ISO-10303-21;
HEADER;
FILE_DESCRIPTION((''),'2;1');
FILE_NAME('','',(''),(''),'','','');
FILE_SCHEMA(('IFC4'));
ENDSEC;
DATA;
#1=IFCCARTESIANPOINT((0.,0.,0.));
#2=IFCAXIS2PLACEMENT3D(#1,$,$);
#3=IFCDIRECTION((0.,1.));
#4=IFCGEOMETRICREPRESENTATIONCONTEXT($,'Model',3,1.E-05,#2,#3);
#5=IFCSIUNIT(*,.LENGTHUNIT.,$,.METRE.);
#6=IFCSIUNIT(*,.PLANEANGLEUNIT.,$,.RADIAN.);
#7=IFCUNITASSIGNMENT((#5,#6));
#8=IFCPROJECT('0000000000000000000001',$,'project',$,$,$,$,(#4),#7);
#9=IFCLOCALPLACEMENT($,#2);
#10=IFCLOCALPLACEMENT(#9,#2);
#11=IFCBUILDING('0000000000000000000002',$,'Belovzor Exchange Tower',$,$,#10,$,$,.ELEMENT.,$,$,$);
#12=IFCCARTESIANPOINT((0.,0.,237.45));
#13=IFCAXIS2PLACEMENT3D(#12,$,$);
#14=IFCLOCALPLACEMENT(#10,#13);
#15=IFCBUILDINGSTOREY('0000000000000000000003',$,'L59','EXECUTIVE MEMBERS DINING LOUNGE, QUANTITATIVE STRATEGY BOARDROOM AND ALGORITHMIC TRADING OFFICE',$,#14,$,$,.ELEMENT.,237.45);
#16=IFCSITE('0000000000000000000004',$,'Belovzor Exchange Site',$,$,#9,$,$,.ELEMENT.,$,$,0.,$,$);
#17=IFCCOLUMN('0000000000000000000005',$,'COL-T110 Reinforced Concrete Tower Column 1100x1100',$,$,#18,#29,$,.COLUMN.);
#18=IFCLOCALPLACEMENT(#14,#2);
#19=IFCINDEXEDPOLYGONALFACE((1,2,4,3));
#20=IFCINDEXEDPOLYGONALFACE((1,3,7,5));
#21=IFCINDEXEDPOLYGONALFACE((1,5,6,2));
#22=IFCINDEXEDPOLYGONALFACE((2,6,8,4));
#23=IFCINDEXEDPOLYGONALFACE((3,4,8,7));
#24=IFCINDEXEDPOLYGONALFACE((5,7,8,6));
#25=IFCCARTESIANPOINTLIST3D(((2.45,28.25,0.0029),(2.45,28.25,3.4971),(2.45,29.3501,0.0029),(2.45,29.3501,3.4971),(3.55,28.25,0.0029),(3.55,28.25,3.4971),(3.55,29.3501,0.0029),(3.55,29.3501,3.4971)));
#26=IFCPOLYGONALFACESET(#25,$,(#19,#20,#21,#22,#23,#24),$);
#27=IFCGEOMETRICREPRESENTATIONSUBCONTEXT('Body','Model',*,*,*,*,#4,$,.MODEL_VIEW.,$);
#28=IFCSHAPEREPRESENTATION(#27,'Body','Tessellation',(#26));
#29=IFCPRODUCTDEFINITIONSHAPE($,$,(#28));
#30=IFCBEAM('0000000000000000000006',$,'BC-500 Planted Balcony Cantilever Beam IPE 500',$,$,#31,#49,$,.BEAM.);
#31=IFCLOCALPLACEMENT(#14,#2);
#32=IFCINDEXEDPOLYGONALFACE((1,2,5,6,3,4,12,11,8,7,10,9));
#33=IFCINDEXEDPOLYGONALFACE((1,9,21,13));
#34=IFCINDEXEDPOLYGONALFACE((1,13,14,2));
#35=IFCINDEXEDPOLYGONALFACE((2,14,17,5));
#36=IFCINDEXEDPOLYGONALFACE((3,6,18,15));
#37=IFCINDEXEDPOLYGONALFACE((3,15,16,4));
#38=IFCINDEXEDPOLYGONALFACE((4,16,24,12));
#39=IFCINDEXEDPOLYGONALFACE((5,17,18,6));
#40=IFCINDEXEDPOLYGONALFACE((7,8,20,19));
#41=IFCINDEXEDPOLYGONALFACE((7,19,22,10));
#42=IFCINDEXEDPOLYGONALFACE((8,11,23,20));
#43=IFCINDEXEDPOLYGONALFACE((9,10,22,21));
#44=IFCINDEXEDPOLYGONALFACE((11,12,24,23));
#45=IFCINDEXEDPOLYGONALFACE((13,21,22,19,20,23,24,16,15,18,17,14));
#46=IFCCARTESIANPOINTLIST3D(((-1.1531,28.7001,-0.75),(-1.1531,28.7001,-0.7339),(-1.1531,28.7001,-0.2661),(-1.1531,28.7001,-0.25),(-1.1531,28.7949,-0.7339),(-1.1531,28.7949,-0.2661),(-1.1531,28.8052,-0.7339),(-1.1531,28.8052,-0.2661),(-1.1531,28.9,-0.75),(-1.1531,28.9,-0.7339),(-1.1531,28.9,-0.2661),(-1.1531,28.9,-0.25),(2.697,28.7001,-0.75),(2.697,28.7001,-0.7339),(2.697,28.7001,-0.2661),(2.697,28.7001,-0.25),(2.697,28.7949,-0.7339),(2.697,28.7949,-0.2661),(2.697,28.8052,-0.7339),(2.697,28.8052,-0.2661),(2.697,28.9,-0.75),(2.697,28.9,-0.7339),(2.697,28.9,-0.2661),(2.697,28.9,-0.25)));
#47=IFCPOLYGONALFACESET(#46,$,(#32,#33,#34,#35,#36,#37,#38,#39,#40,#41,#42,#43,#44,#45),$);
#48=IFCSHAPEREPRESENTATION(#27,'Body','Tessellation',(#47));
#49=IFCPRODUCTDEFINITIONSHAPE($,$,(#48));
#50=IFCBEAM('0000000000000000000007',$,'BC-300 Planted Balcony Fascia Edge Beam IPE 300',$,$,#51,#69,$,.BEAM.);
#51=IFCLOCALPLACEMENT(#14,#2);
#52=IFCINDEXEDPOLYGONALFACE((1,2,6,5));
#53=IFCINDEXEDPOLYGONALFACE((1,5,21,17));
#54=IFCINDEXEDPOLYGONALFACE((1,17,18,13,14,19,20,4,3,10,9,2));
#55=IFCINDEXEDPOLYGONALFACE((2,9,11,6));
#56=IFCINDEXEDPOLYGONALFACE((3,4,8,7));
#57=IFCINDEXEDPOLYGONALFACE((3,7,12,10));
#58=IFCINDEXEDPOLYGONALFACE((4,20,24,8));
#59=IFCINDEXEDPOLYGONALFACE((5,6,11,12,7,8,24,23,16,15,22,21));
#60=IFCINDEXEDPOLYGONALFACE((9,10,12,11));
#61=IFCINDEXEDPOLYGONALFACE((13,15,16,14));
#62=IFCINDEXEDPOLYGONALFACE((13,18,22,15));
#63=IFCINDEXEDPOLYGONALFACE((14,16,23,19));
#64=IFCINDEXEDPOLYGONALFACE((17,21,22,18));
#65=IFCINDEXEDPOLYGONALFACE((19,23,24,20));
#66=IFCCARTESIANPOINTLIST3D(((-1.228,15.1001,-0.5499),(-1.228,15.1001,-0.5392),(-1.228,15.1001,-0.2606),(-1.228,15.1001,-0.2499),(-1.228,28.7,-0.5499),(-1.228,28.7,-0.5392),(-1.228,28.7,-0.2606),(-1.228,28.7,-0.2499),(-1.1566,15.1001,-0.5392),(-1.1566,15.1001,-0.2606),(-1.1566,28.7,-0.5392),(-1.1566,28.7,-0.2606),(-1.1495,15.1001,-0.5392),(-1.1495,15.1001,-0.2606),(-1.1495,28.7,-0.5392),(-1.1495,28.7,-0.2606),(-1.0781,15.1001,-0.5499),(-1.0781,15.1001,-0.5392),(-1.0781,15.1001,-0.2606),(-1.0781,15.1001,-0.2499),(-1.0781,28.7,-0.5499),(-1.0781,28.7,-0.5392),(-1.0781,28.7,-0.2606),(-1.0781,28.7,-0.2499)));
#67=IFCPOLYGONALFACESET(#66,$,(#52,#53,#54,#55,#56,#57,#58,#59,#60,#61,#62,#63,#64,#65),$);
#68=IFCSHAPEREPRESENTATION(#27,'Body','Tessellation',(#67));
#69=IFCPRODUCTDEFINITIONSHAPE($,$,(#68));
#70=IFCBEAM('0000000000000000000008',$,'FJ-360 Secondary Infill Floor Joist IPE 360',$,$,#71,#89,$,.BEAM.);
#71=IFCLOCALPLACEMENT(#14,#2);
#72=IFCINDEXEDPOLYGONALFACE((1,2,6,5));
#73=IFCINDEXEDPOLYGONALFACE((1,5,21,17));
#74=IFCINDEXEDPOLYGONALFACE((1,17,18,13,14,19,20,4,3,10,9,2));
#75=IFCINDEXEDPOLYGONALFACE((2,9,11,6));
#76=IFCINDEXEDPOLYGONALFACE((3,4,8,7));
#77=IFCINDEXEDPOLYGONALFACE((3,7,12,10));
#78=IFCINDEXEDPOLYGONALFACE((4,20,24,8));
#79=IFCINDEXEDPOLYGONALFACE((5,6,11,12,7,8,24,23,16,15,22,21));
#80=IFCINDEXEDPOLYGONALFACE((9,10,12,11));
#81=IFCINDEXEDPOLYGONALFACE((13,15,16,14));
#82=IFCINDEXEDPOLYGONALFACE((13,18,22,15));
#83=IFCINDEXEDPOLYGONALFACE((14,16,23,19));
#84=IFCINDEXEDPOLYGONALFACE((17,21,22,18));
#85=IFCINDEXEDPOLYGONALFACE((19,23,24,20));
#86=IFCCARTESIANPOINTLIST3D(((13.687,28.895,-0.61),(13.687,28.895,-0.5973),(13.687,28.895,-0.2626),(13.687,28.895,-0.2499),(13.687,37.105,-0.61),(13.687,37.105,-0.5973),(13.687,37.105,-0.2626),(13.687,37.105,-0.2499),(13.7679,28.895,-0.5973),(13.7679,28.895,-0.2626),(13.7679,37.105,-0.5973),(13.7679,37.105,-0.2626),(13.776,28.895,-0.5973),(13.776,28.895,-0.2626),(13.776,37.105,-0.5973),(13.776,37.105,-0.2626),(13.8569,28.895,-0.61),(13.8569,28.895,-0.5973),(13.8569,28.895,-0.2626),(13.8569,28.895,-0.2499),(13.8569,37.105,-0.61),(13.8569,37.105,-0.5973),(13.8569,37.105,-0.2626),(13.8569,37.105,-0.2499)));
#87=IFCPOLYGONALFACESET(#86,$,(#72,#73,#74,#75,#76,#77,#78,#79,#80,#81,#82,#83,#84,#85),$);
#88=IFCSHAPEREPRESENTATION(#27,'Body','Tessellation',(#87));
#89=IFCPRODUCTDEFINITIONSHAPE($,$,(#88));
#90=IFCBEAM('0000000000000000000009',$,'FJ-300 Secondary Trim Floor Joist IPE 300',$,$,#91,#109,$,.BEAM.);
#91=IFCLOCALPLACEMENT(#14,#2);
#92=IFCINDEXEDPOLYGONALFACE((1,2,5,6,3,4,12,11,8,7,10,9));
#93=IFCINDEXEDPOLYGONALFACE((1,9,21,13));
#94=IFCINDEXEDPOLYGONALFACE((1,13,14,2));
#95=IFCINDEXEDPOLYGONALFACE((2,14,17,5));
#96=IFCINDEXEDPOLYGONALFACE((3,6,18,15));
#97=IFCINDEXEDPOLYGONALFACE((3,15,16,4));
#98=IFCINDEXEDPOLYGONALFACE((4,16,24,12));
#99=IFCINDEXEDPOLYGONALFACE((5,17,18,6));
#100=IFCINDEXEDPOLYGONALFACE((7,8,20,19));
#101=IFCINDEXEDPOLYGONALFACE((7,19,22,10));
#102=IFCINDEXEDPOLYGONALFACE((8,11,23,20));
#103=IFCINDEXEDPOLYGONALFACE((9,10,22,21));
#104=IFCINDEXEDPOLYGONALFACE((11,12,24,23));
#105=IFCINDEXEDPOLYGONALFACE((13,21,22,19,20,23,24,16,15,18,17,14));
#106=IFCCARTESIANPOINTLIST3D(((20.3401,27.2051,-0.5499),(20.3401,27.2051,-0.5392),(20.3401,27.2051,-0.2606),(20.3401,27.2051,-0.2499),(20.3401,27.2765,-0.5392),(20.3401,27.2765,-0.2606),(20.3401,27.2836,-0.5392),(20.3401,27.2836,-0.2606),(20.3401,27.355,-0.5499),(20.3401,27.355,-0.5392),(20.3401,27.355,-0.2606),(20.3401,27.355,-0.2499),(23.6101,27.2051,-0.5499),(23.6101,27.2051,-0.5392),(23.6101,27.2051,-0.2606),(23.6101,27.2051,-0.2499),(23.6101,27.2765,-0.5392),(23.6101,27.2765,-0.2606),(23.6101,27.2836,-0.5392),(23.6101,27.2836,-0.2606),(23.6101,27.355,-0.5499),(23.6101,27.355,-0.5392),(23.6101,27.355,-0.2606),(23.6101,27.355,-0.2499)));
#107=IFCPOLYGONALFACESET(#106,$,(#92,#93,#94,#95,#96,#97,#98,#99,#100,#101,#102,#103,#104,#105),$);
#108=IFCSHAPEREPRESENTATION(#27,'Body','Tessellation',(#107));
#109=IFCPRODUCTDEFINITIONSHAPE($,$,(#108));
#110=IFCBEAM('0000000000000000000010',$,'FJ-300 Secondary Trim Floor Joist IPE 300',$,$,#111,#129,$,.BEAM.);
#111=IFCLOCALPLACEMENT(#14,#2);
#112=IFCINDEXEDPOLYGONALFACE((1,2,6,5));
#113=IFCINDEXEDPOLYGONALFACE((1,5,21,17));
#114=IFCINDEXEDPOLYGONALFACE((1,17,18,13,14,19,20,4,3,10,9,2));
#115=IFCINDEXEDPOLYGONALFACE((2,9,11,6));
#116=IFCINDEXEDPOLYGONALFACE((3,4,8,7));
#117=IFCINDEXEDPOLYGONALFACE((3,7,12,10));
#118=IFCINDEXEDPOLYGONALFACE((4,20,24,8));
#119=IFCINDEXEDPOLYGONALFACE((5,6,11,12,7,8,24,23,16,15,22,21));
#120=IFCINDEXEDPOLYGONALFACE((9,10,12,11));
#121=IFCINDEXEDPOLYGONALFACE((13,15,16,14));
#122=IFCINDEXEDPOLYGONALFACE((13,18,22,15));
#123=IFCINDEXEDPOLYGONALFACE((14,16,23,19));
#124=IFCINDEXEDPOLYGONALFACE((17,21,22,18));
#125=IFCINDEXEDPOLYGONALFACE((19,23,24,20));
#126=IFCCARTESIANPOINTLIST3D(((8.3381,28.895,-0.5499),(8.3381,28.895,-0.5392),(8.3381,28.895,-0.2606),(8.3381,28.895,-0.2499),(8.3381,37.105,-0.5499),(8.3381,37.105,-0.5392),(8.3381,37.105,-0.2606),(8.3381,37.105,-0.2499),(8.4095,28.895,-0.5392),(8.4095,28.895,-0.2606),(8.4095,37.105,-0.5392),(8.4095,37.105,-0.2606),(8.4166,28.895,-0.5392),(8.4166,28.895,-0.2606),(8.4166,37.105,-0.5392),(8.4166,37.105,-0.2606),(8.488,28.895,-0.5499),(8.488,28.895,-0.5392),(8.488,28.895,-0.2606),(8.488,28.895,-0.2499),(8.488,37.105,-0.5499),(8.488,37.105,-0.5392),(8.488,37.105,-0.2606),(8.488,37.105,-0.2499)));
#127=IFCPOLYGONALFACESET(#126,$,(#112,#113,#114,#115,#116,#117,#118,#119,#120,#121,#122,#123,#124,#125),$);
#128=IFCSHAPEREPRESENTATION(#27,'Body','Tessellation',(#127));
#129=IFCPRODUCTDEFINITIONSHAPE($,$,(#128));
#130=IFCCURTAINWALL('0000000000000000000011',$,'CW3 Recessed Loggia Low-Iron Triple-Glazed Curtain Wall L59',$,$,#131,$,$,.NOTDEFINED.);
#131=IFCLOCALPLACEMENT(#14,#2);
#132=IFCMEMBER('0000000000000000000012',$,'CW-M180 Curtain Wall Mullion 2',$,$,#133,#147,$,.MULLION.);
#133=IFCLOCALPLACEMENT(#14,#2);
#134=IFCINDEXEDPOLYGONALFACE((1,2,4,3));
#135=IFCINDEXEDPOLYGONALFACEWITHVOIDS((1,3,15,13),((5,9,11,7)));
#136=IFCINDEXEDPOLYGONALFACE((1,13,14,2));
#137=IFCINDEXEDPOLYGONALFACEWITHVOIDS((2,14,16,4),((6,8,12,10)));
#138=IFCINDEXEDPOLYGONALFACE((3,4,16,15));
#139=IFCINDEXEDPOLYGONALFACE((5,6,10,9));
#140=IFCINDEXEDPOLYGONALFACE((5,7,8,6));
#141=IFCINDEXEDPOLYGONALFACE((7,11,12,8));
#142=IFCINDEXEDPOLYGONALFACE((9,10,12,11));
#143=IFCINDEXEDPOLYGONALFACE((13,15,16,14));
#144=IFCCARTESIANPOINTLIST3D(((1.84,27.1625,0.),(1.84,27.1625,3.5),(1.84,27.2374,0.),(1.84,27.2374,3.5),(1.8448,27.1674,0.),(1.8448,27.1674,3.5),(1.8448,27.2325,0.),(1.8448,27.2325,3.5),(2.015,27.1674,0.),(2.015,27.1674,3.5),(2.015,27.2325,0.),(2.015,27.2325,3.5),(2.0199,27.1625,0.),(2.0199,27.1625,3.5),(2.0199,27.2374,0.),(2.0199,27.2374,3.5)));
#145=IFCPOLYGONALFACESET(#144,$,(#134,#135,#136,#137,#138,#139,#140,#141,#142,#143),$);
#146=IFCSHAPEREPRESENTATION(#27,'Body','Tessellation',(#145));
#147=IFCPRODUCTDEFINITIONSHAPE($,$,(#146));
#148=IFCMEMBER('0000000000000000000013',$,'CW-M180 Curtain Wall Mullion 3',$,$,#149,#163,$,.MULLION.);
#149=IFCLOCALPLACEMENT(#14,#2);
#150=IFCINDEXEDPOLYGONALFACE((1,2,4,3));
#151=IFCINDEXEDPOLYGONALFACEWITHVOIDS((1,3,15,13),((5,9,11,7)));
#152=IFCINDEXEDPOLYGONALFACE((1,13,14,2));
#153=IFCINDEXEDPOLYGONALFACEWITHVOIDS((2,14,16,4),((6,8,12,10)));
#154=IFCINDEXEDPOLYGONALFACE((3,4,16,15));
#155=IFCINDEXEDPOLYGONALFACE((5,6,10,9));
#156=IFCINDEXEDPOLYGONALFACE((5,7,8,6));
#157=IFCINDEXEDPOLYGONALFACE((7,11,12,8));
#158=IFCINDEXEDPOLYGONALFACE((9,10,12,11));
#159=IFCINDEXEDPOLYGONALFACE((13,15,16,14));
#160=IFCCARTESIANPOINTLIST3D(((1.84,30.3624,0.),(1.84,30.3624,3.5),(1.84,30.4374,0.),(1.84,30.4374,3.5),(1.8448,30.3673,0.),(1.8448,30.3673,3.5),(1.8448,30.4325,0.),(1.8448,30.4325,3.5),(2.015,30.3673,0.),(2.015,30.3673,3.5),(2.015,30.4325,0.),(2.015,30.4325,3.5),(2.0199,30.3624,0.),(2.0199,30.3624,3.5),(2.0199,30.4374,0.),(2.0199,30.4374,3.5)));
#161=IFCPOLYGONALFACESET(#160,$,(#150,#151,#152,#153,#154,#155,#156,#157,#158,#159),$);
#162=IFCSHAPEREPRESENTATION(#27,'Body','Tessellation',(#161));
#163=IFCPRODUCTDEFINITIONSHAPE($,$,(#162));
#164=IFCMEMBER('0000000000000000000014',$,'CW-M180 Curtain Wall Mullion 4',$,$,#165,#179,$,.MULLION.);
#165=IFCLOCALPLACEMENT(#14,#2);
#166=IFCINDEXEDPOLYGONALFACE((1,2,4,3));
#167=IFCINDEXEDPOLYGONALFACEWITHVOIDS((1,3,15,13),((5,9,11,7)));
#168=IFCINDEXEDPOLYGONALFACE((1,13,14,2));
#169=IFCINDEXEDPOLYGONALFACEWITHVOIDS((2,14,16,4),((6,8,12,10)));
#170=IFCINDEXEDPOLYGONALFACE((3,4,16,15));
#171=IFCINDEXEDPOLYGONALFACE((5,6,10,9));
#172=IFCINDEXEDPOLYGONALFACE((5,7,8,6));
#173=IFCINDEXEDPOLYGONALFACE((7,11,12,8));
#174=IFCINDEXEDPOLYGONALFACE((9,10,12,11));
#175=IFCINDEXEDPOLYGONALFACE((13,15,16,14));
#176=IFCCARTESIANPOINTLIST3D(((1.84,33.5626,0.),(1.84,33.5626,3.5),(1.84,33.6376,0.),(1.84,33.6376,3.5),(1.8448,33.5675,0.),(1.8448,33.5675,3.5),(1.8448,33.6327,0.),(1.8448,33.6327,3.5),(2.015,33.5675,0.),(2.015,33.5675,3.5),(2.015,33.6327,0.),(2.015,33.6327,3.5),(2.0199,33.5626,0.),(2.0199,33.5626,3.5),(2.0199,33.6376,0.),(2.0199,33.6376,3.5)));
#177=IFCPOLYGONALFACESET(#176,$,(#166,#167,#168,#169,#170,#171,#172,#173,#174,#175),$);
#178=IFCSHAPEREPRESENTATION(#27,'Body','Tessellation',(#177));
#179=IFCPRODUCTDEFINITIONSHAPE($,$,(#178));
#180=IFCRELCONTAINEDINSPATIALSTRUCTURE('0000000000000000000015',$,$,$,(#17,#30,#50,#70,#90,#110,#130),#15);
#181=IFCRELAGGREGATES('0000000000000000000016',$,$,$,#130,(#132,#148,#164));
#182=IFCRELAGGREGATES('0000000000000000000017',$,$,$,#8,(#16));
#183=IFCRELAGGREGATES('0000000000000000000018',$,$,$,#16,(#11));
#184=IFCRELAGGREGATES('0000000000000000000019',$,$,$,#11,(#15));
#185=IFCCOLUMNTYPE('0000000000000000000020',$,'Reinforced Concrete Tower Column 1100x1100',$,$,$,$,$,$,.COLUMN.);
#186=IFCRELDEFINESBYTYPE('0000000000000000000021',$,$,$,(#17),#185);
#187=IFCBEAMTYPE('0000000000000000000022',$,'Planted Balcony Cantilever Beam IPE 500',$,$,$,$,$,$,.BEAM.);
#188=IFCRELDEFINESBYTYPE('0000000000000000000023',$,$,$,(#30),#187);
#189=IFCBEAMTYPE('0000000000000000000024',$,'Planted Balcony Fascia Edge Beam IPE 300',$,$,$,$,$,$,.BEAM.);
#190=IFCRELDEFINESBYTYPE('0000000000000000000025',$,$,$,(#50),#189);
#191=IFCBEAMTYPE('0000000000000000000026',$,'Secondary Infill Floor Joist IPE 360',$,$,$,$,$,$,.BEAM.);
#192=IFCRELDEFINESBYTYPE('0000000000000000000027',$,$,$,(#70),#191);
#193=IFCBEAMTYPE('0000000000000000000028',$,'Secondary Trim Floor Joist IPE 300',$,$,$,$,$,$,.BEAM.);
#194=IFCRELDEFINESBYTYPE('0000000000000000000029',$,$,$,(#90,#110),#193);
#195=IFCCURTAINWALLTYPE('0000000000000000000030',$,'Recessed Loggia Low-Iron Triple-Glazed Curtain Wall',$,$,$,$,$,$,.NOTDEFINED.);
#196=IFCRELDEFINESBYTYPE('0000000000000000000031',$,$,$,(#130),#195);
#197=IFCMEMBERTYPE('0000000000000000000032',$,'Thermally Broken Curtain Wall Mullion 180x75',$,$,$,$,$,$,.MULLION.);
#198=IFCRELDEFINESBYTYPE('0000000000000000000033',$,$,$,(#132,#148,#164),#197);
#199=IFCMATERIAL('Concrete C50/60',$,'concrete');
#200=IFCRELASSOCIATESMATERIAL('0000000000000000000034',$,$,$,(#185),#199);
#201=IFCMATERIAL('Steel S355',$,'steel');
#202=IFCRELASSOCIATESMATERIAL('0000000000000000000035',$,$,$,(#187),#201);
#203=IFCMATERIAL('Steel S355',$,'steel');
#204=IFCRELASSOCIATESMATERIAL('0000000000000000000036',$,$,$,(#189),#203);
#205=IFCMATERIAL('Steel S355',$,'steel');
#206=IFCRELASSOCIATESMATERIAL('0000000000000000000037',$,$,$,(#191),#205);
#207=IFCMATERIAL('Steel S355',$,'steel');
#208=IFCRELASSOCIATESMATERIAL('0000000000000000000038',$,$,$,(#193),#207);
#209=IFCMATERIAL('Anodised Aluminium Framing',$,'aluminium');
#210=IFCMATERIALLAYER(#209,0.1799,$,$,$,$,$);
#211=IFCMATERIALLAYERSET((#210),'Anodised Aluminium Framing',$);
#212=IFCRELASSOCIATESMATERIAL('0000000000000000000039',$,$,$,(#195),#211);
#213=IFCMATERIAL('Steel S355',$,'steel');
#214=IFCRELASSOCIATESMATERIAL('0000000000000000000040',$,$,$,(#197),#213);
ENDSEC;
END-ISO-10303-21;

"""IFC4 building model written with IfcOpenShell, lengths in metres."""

from ifc_helpers import new_model, si_unit, direction, frame, origin, origin_2d, place, context, subcontext, project, spatial, rectangle, hollow_rectangle, i_section, extrude, material, layer, layer_set, material_profile, profile_set, type_object, element, aggregate, save


model = new_model("IFC4")

# Units and contexts
model_context = context("Model", 3, precision=1e-05, world=origin(), true_north=direction((0.0, 1.0)))
body_context = subcontext(model_context, "Body", "Model", "MODEL_VIEW")
ifc_project = project(units=[si_unit("LENGTHUNIT", "METRE"), si_unit("PLANEANGLEUNIT", "RADIAN")], contexts=[model_context])

# Site, building, storey
site_placement = place(None, origin())
site = spatial("IfcSite", under=ifc_project, at=site_placement, Name="Belovzor Exchange Site", CompositionType="ELEMENT", RefElevation=0.0)
building_placement = place(site_placement, origin())
building = spatial("IfcBuilding", under=site, at=building_placement, Name="Belovzor Exchange Tower", CompositionType="ELEMENT")
storey_placement = place(building_placement, frame((0.0, 0.0, 237.45)))
storey = spatial("IfcBuildingStorey", under=building, at=storey_placement, Name="L59", Description="EXECUTIVE MEMBERS DINING LOUNGE, QUANTITATIVE STRATEGY BOARDROOM AND ALGORITHMIC TRADING OFFICE", CompositionType="ELEMENT", Elevation=237.45)

# Column
ifc_material_1 = material(Name="Concrete C50/60", Category="concrete")
ifc_material_profile_1 = material_profile(ifc_material_1, rectangle(XDim=1.1001, YDim=1.1001, at=origin_2d()))
ifc_profile_set_1 = profile_set([ifc_material_profile_1], Name="Concrete C50/60")
column_type = type_object("IfcColumnType", Name="Reinforced Concrete Tower Column 1100x1100", PredefinedType="COLUMN", material=ifc_profile_set_1)
column_placement = place(storey_placement, frame((3.0, 28.8, 0.0029), z_axis=(0.0, 0.0, 1.0), x_axis=(1.0, 0.0, 0.0)))
element("IfcColumn", 1, at=column_placement, inside=storey, type_object=column_type, Name="COL-T110 Reinforced Concrete Tower Column 1100x1100", PredefinedType="COLUMN", context=body_context, shape_type="SweptSolid", body=[
    extrude(rectangle(XDim=1.1001, YDim=1.1001, at=origin_2d()), origin(), (0.0, 0.0, 1.0), 3.4941),
])

# Beams
ifc_material_2 = material(Name="Steel S355", Category="steel")
ifc_material_profile_2 = material_profile(ifc_material_2, i_section(OverallWidth=0.2, OverallDepth=0.5, WebThickness=0.0103, FlangeThickness=0.0161, at=origin_2d()))
ifc_profile_set_2 = profile_set([ifc_material_profile_2], Name="Steel S355")
beam_type_1 = type_object("IfcBeamType", Name="Planted Balcony Cantilever Beam IPE 500", PredefinedType="BEAM", material=ifc_profile_set_2)
beam_1_placement = place(storey_placement, frame((2.697, 28.8, -0.5), z_axis=(-1.0, 0.0, 0.0), x_axis=(0.0, -1.0, 0.0)))
element("IfcBeam", 2, at=beam_1_placement, inside=storey, type_object=beam_type_1, Name="BC-500 Planted Balcony Cantilever Beam IPE 500", PredefinedType="BEAM", context=body_context, shape_type="SweptSolid", body=[
    extrude(i_section(OverallWidth=0.2, OverallDepth=0.5, WebThickness=0.0103, FlangeThickness=0.0161, at=origin_2d()), origin(), (0.0, 0.0, 1.0), 3.8501),
])
ifc_material_3 = material(Name="Steel S355", Category="steel")
ifc_material_profile_3 = material_profile(ifc_material_3, i_section(OverallWidth=0.1499, OverallDepth=0.3, WebThickness=0.0071, FlangeThickness=0.0107, at=origin_2d()))
ifc_profile_set_3 = profile_set([ifc_material_profile_3], Name="Steel S355")
beam_type_2 = type_object("IfcBeamType", Name="Planted Balcony Fascia Edge Beam IPE 300", PredefinedType="BEAM", material=ifc_profile_set_3)
beam_2_placement = place(storey_placement, frame((-1.1531, 28.7, -0.3999), z_axis=(0.0, -1.0, 0.0), x_axis=(1.0, 0.0, 0.0)))
element("IfcBeam", 3, at=beam_2_placement, inside=storey, type_object=beam_type_2, Name="BC-300 Planted Balcony Fascia Edge Beam IPE 300", PredefinedType="BEAM", context=body_context, shape_type="SweptSolid", body=[
    extrude(i_section(OverallWidth=0.1499, OverallDepth=0.3, WebThickness=0.0071, FlangeThickness=0.0107, at=origin_2d()), origin(), (0.0, 0.0, 1.0), 13.5999),
])
ifc_material_4 = material(Name="Steel S355", Category="steel")
ifc_material_profile_4 = material_profile(ifc_material_4, i_section(OverallWidth=0.1699, OverallDepth=0.3601, WebThickness=0.0081, FlangeThickness=0.0127, at=origin_2d()))
ifc_profile_set_4 = profile_set([ifc_material_profile_4], Name="Steel S355")
beam_type_3 = type_object("IfcBeamType", Name="Secondary Infill Floor Joist IPE 360", PredefinedType="BEAM", material=ifc_profile_set_4)
beam_3_placement = place(storey_placement, frame((13.772, 28.895, -0.4299), z_axis=(0.0, 1.0, 0.0), x_axis=(-1.0, 0.0, 0.0)))
element("IfcBeam", 4, at=beam_3_placement, inside=storey, type_object=beam_type_3, Name="FJ-360 Secondary Infill Floor Joist IPE 360", PredefinedType="BEAM", context=body_context, shape_type="SweptSolid", body=[
    extrude(i_section(OverallWidth=0.1699, OverallDepth=0.3601, WebThickness=0.0081, FlangeThickness=0.0127, at=origin_2d()), origin(), (0.0, 0.0, 1.0), 8.21),
])
ifc_material_5 = material(Name="Steel S355", Category="steel")
ifc_material_profile_5 = material_profile(ifc_material_5, i_section(OverallWidth=0.1499, OverallDepth=0.3, WebThickness=0.0071, FlangeThickness=0.0107, at=origin_2d()))
ifc_profile_set_5 = profile_set([ifc_material_profile_5], Name="Steel S355")
beam_type_4 = type_object("IfcBeamType", Name="Secondary Trim Floor Joist IPE 300", PredefinedType="BEAM", material=ifc_profile_set_5)
beam_4_placement = place(storey_placement, frame((20.3401, 27.28, -0.3999), z_axis=(1.0, 0.0, 0.0), x_axis=(0.0, 1.0, 0.0)))
element("IfcBeam", 5, at=beam_4_placement, inside=storey, type_object=beam_type_4, Name="FJ-300 Secondary Trim Floor Joist IPE 300", PredefinedType="BEAM", context=body_context, shape_type="SweptSolid", body=[
    extrude(i_section(OverallWidth=0.1499, OverallDepth=0.3, WebThickness=0.0071, FlangeThickness=0.0107, at=origin_2d()), origin(), (0.0, 0.0, 1.0), 3.27),
])
beam_5_placement = place(storey_placement, frame((8.4131, 28.895, -0.3999), z_axis=(0.0, 1.0, 0.0), x_axis=(-1.0, 0.0, 0.0)))
element("IfcBeam", 6, at=beam_5_placement, inside=storey, type_object=beam_type_4, Name="FJ-300 Secondary Trim Floor Joist IPE 300", PredefinedType="BEAM", context=body_context, shape_type="SweptSolid", body=[
    extrude(i_section(OverallWidth=0.1499, OverallDepth=0.3, WebThickness=0.0071, FlangeThickness=0.0107, at=origin_2d()), origin(), (0.0, 0.0, 1.0), 8.21),
])

# Curtain wall, members
ifc_material_6 = material(Name="Anodised Aluminium Framing", Category="aluminium")
ifc_layer_1 = layer(ifc_material_6, 0.1799)
ifc_layer_set_1 = layer_set([ifc_layer_1], Name="Anodised Aluminium Framing")
curtain_wall_type = type_object("IfcCurtainWallType", Name="Recessed Loggia Low-Iron Triple-Glazed Curtain Wall", PredefinedType="NOTDEFINED", material=ifc_layer_set_1)
curtain_wall_placement = place(storey_placement, origin())
curtain_wall = element("IfcCurtainWall", 7, at=curtain_wall_placement, inside=storey, type_object=curtain_wall_type, Name="CW3 Recessed Loggia Low-Iron Triple-Glazed Curtain Wall L59", PredefinedType="NOTDEFINED")
ifc_material_7 = material(Name="Steel S355", Category="steel")
ifc_material_profile_6 = material_profile(ifc_material_7, hollow_rectangle(XDim=0.075, YDim=0.1799, WallThickness=0.0049, at=origin_2d()))
ifc_profile_set_6 = profile_set([ifc_material_profile_6], Name="Steel S355")
member_type_1 = type_object("IfcMemberType", Name="Thermally Broken Curtain Wall Mullion 180x75", PredefinedType="MULLION", material=ifc_profile_set_6)
member_1_placement = place(storey_placement, frame((1.9299, 27.2, 0.0), z_axis=(0.0, 0.0, 1.0), x_axis=(0.0, 1.0, 0.0)))
member_1 = element("IfcMember", 8, at=member_1_placement, type_object=member_type_1, Name="CW-M180 Curtain Wall Mullion 2", PredefinedType="MULLION", context=body_context, shape_type="SweptSolid", body=[
    extrude(hollow_rectangle(XDim=0.075, YDim=0.1799, WallThickness=0.0049, at=origin_2d()), origin(), (0.0, 0.0, 1.0), 3.5),
])
member_2_placement = place(storey_placement, frame((1.9299, 30.3999, 0.0), z_axis=(0.0, 0.0, 1.0), x_axis=(0.0, 1.0, 0.0)))
member_2 = element("IfcMember", 9, at=member_2_placement, type_object=member_type_1, Name="CW-M180 Curtain Wall Mullion 3", PredefinedType="MULLION", context=body_context, shape_type="SweptSolid", body=[
    extrude(hollow_rectangle(XDim=0.075, YDim=0.1799, WallThickness=0.0049, at=origin_2d()), origin(), (0.0, 0.0, 1.0), 3.5),
])
member_3_placement = place(storey_placement, frame((1.9299, 33.6001, 0.0), z_axis=(0.0, 0.0, 1.0), x_axis=(0.0, 1.0, 0.0)))
member_3 = element("IfcMember", 10, at=member_3_placement, type_object=member_type_1, Name="CW-M180 Curtain Wall Mullion 4", PredefinedType="MULLION", context=body_context, shape_type="SweptSolid", body=[
    extrude(hollow_rectangle(XDim=0.075, YDim=0.1799, WallThickness=0.0049, at=origin_2d()), origin(), (0.0, 0.0, 1.0), 3.5),
])

aggregate(curtain_wall, [member_1, member_2, member_3])

save(model, "model.ifc")
